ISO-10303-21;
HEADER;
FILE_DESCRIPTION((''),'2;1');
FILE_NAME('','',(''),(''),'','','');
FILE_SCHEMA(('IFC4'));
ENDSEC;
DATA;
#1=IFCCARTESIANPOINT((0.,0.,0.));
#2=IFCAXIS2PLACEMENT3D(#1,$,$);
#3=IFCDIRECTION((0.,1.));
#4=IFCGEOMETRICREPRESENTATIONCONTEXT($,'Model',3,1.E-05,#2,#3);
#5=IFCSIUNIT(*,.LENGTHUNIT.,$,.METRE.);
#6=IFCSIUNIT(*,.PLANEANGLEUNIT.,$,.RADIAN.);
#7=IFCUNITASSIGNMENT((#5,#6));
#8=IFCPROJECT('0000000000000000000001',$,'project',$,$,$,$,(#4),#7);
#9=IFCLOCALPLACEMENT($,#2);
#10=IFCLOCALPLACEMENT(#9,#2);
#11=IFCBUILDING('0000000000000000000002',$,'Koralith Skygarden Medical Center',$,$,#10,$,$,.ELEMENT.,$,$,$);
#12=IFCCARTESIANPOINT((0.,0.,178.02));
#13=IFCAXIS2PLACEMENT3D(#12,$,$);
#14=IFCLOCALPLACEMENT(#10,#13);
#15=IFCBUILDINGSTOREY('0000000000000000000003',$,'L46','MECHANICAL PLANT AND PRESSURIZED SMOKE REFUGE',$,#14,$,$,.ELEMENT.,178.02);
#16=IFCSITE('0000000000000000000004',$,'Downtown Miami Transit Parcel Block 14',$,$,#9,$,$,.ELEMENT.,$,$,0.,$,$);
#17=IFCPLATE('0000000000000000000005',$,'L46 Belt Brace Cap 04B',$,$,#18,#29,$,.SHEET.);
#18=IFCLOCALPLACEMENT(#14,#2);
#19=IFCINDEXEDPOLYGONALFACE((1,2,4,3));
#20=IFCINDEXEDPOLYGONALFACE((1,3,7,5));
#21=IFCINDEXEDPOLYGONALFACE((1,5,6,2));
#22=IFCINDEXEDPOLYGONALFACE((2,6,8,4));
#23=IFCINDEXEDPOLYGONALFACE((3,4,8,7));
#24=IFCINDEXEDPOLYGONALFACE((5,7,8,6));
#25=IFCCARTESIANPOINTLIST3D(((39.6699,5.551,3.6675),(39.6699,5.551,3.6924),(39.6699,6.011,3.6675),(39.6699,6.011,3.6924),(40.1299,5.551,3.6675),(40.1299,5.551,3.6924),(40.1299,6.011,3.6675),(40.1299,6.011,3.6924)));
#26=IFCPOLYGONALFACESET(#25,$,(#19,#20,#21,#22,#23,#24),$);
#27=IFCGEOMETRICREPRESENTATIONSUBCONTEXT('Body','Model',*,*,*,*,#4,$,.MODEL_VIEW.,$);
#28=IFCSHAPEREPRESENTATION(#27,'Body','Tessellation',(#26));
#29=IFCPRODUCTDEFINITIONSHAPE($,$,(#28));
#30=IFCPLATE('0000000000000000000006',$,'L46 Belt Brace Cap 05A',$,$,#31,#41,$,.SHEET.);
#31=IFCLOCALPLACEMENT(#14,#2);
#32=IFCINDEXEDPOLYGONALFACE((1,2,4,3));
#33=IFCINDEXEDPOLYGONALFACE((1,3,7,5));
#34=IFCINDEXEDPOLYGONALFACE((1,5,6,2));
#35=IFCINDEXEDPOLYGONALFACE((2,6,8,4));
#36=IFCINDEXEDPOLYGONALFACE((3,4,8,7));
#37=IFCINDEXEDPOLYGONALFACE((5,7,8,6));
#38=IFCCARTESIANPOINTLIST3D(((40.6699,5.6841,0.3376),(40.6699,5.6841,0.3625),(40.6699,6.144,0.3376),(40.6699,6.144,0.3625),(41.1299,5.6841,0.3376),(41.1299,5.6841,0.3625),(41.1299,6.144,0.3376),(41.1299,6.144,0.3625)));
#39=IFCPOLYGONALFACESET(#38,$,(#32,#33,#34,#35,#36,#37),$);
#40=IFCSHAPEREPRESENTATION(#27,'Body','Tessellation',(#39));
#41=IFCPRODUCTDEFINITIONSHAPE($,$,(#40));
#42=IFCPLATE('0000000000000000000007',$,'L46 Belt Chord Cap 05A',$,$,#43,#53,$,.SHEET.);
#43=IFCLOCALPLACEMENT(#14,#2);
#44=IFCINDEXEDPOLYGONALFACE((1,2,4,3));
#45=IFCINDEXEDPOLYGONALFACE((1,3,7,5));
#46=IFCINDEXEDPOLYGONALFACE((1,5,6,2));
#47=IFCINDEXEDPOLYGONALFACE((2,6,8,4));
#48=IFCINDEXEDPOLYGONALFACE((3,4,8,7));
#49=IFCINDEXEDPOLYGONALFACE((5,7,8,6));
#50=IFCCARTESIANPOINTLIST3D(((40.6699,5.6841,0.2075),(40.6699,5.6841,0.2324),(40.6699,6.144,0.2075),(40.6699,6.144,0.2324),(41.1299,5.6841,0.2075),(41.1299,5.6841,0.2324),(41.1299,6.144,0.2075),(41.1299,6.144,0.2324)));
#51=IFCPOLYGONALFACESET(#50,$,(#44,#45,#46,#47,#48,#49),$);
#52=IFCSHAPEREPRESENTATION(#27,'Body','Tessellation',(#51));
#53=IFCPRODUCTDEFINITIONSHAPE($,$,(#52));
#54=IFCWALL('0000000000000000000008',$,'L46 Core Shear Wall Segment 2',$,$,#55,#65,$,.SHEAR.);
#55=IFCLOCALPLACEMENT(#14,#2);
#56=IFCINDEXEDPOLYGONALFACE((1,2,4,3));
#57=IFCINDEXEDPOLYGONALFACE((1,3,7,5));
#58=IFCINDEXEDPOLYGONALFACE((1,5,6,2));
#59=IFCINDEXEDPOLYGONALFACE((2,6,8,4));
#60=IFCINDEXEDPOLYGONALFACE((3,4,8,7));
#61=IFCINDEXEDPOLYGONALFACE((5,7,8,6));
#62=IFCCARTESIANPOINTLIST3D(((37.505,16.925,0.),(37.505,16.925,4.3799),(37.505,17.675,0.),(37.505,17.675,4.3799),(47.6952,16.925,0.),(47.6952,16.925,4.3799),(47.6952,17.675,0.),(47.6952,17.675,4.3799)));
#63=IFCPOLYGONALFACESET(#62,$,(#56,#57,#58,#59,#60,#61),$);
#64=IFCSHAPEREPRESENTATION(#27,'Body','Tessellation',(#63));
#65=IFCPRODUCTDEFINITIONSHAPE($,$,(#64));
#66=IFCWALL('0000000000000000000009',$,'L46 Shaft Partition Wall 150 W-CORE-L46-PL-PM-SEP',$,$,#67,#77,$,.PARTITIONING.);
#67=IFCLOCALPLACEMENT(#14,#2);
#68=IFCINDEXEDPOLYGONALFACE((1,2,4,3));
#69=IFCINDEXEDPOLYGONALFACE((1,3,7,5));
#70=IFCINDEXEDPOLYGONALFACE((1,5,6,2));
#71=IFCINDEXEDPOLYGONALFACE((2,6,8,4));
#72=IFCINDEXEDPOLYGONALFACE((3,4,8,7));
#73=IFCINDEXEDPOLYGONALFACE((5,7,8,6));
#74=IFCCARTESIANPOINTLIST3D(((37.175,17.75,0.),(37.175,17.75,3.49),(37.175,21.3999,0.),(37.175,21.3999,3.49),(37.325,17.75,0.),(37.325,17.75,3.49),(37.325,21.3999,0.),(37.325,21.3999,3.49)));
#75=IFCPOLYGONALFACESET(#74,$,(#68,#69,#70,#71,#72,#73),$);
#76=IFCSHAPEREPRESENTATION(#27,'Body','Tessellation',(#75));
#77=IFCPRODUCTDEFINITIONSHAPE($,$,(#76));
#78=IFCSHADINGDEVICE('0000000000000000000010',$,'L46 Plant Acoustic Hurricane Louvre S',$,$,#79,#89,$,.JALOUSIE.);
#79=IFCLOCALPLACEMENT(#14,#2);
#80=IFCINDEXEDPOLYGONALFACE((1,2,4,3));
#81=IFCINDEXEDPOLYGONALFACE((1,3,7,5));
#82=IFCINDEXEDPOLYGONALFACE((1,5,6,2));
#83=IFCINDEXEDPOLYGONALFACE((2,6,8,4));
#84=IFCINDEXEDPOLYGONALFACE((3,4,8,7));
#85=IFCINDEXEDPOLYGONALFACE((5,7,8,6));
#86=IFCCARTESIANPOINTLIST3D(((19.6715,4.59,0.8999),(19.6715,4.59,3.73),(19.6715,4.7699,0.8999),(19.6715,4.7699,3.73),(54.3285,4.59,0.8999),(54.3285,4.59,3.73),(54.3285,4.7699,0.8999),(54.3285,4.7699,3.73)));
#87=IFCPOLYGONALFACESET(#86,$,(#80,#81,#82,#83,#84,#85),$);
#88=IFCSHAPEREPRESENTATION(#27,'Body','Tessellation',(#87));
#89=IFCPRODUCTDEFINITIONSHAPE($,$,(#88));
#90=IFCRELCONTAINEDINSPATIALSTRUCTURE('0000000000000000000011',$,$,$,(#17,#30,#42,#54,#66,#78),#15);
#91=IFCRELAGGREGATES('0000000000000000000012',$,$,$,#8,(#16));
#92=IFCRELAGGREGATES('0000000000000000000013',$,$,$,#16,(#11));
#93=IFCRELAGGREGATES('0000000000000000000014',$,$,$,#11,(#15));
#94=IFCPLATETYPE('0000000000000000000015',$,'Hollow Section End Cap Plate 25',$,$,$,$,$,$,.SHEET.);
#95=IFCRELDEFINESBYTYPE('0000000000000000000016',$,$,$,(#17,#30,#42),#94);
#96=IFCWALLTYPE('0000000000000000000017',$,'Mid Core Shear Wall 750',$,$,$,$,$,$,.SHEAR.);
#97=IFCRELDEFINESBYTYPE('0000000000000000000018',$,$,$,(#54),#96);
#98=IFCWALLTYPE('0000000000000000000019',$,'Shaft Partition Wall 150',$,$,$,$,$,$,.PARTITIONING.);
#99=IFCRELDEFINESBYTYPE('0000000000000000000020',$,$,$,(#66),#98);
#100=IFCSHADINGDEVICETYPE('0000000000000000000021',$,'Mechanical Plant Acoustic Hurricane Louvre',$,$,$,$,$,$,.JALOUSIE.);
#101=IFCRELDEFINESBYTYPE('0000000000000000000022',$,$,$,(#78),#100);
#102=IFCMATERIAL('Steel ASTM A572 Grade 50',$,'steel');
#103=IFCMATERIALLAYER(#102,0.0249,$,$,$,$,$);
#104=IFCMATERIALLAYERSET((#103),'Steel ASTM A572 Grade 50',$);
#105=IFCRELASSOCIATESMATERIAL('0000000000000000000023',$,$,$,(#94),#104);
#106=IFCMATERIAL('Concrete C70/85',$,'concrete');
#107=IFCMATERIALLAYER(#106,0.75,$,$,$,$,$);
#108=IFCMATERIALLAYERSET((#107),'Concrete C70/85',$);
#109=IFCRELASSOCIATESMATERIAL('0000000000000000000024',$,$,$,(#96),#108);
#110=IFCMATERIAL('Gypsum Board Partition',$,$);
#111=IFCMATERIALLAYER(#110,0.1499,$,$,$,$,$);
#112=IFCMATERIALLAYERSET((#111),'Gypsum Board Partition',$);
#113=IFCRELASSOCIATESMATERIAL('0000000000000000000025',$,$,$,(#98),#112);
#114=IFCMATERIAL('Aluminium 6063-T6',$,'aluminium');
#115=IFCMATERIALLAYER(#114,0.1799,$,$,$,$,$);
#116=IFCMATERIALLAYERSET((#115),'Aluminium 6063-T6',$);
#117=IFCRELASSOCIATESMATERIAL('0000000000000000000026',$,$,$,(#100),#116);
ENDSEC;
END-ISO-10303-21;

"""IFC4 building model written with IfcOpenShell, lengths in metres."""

from ifc_helpers import new_model, si_unit, direction, frame, frame_2d, origin, origin_2d, place, context, subcontext, project, spatial, rectangle, extrude, material, layer, layer_set, type_object, element, save


model = new_model("IFC4")

# Units and contexts
model_context = context("Model", 3, precision=1e-05, world=origin(), true_north=direction((0.0, 1.0)))
body_context = subcontext(model_context, "Body", "Model", "MODEL_VIEW")
ifc_project = project(units=[si_unit("LENGTHUNIT", "METRE"), si_unit("PLANEANGLEUNIT", "RADIAN")], contexts=[model_context])

# Site, building, storey
site_placement = place(None, origin())
site = spatial("IfcSite", under=ifc_project, at=site_placement, Name="Downtown Miami Transit Parcel Block 14", CompositionType="ELEMENT", RefElevation=0.0)
building_placement = place(site_placement, origin())
building = spatial("IfcBuilding", under=site, at=building_placement, Name="Koralith Skygarden Medical Center", CompositionType="ELEMENT")
storey_placement = place(building_placement, frame((0.0, 0.0, 178.02)))
storey = spatial("IfcBuildingStorey", under=building, at=storey_placement, Name="L46", Description="MECHANICAL PLANT AND PRESSURIZED SMOKE REFUGE", CompositionType="ELEMENT", Elevation=178.02)

# Shared definitions
ifc_material_1 = material(Name="Concrete C70/85", Category="concrete")

# Plates
ifc_material_2 = material(Name="Steel ASTM A572 Grade 50", Category="steel")
ifc_layer_1 = layer(ifc_material_2, 0.0249)
ifc_layer_set_1 = layer_set([ifc_layer_1], Name="Steel ASTM A572 Grade 50")
plate_type = type_object("IfcPlateType", Name="Hollow Section End Cap Plate 25", PredefinedType="SHEET", material=ifc_layer_set_1)
for number, where, z_axis, x_axis, name in (
    (1, (39.8999, 5.781, 3.6675), (0.0, 0.0, 1.0), (1.0, 0.0, 0.0), "L46 Belt Brace Cap 04B"),
    (2, (40.8999, 5.9141, 0.3376), (0.0, 0.0, 1.0), (1.0, 0.0, 0.0), "L46 Belt Brace Cap 05A"),
    (3, (40.8999, 5.9141, 0.2075), (0.0, 0.0, 1.0), (1.0, 0.0, 0.0), "L46 Belt Chord Cap 05A"),
):
    element("IfcPlate", number, at=place(storey_placement, frame(where, z_axis=z_axis, x_axis=x_axis)), inside=storey, type_object=plate_type, Name=name, PredefinedType="SHEET", context=body_context, shape_type="SweptSolid", body=[
        extrude(rectangle(XDim=0.46, YDim=0.46, at=origin_2d()), origin(), (0.0, 0.0, 1.0), 0.0249),
    ])

# Walls
ifc_layer_2 = layer(ifc_material_1, 0.75)
ifc_layer_set_2 = layer_set([ifc_layer_2], Name="Concrete C70/85")
wall_type_1 = type_object("IfcWallType", Name="Mid Core Shear Wall 750", PredefinedType="SHEAR", material=ifc_layer_set_2)
wall_1_placement = place(storey_placement, frame((37.5049, 17.3, 0.0), z_axis=(0.0, 0.0, 1.0), x_axis=(1.0, 0.0, 0.0)))
element("IfcWall", 4, at=wall_1_placement, inside=storey, type_object=wall_type_1, Name="L46 Core Shear Wall Segment 2", PredefinedType="SHEAR", context=body_context, shape_type="SweptSolid", body=[
    extrude(rectangle(XDim=10.1902, YDim=0.75, at=frame_2d((5.0952, 0.0))), origin(), (0.0, 0.0, 1.0), 4.3799),
])
ifc_material_3 = material(Name="Gypsum Board Partition")
ifc_layer_3 = layer(ifc_material_3, 0.1499)
ifc_layer_set_3 = layer_set([ifc_layer_3], Name="Gypsum Board Partition")
wall_type_2 = type_object("IfcWallType", Name="Shaft Partition Wall 150", PredefinedType="PARTITIONING", material=ifc_layer_set_3)
wall_2_placement = place(storey_placement, frame((37.25, 17.75, 0.0), z_axis=(0.0, 0.0, 1.0), x_axis=(0.0, 1.0, 0.0)))
element("IfcWall", 5, at=wall_2_placement, inside=storey, type_object=wall_type_2, Name="L46 Shaft Partition Wall 150 W-CORE-L46-PL-PM-SEP", PredefinedType="PARTITIONING", context=body_context, shape_type="SweptSolid", body=[
    extrude(rectangle(XDim=3.6499, YDim=0.1499, at=frame_2d((1.825, 0.0))), origin(), (0.0, 0.0, 1.0), 3.49),
])

# Shading device
ifc_material_4 = material(Name="Aluminium 6063-T6", Category="aluminium")
ifc_layer_4 = layer(ifc_material_4, 0.1799)
ifc_layer_set_4 = layer_set([ifc_layer_4], Name="Aluminium 6063-T6")
shading_device_type = type_object("IfcShadingDeviceType", Name="Mechanical Plant Acoustic Hurricane Louvre", PredefinedType="JALOUSIE", material=ifc_layer_set_4)
shading_device_placement = place(storey_placement, frame((37.0, 4.6799, 0.8999), z_axis=(0.0, 0.0, 1.0), x_axis=(1.0, 0.0, 0.0)))
element("IfcShadingDevice", 6, at=shading_device_placement, inside=storey, type_object=shading_device_type, Name="L46 Plant Acoustic Hurricane Louvre S", PredefinedType="JALOUSIE", context=body_context, shape_type="SweptSolid", body=[
    extrude(rectangle(XDim=34.657, YDim=0.1799, at=origin_2d()), origin(), (0.0, 0.0, 1.0), 2.8301),
])

save(model, "model.ifc")
